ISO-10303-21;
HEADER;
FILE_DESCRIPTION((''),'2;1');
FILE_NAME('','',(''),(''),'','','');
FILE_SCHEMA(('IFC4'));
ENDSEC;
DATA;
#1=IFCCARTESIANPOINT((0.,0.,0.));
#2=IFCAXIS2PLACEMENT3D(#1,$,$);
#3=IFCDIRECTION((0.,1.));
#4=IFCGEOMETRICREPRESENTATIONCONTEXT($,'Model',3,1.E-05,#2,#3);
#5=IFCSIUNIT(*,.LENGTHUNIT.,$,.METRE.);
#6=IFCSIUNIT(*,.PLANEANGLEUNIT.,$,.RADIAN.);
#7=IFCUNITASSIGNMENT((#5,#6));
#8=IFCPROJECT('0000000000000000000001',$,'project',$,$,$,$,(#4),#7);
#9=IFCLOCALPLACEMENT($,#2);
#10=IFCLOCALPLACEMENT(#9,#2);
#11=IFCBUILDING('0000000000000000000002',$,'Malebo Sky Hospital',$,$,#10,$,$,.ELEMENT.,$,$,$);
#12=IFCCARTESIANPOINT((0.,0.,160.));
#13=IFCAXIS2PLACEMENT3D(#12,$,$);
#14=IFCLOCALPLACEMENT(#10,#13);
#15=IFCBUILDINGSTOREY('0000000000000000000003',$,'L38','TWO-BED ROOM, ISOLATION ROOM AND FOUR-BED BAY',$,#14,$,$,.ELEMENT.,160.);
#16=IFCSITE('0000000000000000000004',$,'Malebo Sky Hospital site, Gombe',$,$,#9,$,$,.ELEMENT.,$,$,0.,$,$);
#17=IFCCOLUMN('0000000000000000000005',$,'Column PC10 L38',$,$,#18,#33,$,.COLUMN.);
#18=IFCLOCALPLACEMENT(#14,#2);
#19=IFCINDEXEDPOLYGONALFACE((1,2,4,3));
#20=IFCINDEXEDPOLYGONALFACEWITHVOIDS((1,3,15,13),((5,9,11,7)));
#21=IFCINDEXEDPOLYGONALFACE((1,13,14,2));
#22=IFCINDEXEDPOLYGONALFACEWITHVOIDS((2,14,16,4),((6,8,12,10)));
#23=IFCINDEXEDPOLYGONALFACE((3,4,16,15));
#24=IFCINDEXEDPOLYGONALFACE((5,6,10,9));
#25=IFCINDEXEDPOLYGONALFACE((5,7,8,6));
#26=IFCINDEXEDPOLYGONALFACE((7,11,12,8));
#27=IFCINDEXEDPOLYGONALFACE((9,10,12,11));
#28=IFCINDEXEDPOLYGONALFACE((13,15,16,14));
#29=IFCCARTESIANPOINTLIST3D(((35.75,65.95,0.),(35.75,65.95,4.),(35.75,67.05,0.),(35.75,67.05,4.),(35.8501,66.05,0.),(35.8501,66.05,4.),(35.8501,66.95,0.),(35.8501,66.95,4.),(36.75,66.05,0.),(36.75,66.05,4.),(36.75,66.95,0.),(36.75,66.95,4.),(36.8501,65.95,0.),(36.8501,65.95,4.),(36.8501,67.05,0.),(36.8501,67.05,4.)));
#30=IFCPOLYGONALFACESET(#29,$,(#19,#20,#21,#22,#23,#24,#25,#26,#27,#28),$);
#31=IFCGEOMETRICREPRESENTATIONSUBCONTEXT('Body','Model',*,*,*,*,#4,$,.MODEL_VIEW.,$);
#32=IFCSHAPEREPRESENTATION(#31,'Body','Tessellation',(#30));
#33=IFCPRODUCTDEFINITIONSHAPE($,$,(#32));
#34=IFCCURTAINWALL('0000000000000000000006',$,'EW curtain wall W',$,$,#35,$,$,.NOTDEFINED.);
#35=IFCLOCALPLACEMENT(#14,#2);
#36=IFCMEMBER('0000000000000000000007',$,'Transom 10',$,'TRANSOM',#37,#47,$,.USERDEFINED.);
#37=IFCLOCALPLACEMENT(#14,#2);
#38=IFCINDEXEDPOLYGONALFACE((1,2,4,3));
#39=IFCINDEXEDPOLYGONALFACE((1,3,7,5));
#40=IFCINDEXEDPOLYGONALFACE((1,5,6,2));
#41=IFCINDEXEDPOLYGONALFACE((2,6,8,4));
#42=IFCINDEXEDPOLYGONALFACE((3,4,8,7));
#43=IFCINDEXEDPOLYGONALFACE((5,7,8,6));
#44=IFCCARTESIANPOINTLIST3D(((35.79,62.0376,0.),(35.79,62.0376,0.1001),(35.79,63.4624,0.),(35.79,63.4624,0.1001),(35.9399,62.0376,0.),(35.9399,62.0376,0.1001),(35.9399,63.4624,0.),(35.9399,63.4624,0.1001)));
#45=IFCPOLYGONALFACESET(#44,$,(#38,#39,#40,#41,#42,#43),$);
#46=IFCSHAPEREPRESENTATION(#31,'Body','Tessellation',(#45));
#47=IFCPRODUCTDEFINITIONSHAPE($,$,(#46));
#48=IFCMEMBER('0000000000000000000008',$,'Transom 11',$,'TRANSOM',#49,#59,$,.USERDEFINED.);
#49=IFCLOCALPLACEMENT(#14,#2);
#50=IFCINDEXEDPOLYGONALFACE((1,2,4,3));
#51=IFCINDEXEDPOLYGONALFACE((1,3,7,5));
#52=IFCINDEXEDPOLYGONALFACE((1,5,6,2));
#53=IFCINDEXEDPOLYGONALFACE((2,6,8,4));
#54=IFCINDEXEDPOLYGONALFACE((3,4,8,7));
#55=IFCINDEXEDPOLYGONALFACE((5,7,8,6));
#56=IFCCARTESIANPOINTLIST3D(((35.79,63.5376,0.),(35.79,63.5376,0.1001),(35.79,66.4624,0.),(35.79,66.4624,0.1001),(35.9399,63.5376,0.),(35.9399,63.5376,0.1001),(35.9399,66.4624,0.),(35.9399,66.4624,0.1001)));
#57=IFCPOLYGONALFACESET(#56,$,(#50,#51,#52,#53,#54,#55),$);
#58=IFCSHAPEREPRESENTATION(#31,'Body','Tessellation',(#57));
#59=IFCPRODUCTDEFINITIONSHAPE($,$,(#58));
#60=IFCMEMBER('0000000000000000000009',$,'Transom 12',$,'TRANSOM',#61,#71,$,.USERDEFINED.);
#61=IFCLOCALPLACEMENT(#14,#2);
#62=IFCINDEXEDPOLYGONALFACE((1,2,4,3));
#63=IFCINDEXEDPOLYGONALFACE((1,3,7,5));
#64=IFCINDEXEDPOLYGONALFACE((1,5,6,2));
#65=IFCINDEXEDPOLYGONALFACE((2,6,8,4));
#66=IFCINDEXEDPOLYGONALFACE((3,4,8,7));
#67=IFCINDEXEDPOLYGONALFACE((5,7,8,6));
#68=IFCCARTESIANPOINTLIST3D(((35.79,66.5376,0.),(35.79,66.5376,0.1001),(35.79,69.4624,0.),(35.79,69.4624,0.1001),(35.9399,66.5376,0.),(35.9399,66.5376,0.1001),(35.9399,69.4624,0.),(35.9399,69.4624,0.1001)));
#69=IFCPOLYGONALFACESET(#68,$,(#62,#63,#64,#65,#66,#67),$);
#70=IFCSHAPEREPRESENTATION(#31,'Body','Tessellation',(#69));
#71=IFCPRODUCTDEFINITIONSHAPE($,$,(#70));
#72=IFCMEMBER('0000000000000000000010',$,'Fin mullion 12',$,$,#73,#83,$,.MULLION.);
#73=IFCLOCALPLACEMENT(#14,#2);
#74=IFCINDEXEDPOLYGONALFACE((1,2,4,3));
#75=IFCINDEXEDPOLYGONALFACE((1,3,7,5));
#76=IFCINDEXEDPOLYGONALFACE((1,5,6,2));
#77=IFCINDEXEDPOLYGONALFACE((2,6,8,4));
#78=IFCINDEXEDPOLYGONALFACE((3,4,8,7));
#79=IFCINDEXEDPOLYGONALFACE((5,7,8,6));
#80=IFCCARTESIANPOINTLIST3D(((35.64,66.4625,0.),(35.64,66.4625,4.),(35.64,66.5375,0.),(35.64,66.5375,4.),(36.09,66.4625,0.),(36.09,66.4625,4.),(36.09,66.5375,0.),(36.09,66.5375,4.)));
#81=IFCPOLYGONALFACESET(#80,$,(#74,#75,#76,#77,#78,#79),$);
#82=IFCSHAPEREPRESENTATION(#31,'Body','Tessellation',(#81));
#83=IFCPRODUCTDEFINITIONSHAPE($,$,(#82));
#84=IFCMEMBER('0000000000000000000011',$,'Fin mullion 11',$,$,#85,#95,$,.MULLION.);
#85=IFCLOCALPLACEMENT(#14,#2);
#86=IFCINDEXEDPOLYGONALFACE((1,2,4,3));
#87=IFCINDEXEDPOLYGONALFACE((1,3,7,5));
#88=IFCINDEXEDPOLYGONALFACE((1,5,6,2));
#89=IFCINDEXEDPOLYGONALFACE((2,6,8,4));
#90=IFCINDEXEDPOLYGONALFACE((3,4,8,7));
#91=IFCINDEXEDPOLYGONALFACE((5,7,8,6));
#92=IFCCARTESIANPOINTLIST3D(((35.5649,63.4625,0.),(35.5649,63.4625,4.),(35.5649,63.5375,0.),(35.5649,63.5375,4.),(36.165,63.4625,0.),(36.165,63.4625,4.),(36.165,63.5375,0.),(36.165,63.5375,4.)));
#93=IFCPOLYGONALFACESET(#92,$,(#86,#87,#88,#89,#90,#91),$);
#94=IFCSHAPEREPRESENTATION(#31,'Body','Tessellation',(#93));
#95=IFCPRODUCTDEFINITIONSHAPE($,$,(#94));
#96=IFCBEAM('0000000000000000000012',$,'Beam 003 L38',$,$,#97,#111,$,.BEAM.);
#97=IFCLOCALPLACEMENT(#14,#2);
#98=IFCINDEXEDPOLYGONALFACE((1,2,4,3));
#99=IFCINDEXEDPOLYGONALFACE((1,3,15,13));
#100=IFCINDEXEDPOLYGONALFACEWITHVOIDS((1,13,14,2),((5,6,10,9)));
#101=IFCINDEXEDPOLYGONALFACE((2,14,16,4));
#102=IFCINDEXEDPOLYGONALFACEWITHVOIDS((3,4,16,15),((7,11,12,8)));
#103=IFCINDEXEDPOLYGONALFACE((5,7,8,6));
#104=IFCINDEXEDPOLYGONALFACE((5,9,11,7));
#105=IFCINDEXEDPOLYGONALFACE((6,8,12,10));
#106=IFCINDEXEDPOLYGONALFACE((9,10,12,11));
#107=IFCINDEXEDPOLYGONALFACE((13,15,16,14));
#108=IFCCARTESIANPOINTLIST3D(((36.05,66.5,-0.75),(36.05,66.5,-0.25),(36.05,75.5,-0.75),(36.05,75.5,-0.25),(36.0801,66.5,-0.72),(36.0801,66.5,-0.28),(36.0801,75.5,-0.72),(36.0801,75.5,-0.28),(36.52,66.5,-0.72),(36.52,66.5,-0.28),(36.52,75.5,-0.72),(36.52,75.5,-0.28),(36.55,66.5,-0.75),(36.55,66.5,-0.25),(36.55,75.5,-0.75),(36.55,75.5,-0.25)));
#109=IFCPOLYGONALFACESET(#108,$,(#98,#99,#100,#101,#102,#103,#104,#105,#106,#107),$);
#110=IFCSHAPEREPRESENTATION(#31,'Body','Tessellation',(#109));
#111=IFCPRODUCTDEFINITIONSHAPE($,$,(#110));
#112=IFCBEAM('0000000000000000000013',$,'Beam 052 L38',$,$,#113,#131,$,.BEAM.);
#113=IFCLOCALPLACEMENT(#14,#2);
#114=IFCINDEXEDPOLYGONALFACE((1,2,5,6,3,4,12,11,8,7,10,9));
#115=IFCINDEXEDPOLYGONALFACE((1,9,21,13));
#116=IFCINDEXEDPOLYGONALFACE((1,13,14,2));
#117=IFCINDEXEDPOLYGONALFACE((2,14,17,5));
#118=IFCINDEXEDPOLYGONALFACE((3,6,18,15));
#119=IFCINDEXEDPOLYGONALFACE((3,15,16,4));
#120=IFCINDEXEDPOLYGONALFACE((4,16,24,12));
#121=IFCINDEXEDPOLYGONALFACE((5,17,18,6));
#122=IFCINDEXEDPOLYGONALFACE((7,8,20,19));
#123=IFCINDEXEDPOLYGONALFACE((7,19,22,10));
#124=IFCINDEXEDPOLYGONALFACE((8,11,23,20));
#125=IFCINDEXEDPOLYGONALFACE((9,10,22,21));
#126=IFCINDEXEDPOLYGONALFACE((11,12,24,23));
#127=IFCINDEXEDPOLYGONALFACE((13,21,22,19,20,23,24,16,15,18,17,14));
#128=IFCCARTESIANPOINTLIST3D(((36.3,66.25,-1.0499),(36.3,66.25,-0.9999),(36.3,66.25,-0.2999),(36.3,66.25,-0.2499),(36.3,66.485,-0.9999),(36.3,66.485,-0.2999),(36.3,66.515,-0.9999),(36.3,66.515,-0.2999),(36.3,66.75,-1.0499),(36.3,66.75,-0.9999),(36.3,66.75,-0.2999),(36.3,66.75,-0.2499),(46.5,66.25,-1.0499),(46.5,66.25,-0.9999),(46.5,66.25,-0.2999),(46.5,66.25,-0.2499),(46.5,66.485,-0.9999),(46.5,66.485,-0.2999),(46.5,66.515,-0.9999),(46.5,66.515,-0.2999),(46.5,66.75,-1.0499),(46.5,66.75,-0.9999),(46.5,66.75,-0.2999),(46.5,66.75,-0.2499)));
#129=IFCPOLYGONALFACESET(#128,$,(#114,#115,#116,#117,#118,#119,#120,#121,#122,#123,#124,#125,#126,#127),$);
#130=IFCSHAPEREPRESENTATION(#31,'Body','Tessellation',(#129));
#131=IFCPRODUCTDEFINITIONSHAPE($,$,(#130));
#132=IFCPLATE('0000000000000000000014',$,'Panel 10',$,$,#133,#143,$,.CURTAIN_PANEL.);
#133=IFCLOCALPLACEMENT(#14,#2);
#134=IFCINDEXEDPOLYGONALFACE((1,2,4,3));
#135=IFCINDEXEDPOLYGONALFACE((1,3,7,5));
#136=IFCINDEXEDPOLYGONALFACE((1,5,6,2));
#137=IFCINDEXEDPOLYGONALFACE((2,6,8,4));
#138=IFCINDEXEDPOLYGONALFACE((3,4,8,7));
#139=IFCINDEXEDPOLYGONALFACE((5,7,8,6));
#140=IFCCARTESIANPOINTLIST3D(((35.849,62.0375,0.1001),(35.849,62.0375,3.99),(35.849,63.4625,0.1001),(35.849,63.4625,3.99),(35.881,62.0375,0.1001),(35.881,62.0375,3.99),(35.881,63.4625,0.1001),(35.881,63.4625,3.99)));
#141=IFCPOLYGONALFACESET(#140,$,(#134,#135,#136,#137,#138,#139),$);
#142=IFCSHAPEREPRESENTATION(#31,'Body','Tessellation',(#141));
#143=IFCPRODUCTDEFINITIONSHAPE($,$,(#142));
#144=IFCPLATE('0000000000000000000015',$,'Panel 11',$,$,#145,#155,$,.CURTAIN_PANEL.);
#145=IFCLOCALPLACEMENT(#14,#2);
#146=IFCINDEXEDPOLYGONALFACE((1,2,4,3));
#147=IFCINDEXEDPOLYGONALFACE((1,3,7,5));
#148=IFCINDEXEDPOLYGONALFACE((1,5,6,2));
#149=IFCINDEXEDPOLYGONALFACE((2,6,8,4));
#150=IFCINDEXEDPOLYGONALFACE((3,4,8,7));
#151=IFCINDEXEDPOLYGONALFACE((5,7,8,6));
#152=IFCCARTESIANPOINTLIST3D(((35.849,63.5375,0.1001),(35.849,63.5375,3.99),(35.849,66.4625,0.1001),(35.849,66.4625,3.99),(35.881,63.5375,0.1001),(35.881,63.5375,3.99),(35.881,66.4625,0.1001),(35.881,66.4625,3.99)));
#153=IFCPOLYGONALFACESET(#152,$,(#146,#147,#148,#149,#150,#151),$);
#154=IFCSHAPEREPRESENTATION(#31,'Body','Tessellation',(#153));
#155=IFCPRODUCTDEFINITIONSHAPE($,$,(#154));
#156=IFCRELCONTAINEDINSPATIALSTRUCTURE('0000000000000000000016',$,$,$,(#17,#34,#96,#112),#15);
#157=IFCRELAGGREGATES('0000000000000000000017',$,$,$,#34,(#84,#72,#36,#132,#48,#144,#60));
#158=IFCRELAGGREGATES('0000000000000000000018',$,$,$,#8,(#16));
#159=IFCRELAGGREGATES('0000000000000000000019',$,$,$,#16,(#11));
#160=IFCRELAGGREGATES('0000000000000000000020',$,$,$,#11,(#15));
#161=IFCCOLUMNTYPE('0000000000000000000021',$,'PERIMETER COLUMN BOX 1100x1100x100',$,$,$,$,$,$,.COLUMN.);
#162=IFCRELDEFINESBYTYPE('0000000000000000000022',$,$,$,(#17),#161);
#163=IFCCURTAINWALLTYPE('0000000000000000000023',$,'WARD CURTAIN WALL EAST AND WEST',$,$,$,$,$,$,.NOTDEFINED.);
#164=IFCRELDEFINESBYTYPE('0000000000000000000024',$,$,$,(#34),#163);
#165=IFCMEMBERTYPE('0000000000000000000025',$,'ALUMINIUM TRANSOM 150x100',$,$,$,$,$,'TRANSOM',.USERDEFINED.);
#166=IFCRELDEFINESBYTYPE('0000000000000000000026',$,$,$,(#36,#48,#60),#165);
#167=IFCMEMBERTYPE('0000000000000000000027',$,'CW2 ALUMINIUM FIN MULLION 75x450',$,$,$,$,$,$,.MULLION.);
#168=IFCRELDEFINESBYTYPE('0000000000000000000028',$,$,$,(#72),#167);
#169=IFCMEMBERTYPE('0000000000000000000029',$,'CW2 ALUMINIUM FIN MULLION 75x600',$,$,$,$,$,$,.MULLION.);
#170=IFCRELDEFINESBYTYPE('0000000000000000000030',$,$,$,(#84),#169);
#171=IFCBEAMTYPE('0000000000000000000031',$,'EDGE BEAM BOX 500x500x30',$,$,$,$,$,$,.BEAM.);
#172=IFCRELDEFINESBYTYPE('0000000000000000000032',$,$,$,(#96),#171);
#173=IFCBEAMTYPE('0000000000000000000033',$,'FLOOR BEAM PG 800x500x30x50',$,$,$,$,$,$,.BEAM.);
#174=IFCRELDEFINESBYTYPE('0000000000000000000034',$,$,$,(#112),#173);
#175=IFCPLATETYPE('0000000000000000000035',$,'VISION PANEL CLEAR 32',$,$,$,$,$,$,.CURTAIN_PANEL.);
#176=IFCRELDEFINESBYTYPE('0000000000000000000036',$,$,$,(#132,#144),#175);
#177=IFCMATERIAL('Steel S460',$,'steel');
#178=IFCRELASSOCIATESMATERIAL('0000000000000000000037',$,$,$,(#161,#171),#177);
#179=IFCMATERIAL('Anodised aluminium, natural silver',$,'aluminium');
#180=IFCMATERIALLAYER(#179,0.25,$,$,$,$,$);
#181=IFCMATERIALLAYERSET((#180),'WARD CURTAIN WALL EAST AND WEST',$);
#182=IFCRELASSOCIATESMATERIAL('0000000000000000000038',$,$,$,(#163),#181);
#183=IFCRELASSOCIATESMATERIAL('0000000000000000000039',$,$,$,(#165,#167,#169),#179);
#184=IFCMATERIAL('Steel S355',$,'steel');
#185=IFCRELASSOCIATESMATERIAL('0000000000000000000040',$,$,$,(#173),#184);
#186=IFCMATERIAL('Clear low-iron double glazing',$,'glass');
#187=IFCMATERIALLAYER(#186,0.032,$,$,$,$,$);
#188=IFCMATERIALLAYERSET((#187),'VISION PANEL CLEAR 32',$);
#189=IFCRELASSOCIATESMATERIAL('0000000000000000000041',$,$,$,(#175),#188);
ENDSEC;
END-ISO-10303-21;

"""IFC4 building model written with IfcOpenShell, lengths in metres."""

from ifc_helpers import new_model, si_unit, direction, frame, origin, origin_2d, place, context, subcontext, project, spatial, rectangle, hollow_rectangle, i_section, extrude, material, layer, layer_set, material_profile, profile_set, type_object, element, aggregate, save


model = new_model("IFC4")

# Units and contexts
model_context = context("Model", 3, precision=1e-05, world=origin(), true_north=direction((0.0, 1.0)))
body_context = subcontext(model_context, "Body", "Model", "MODEL_VIEW")
ifc_project = project(units=[si_unit("LENGTHUNIT", "METRE"), si_unit("PLANEANGLEUNIT", "RADIAN")], contexts=[model_context])

# Site, building, storey
site_placement = place(None, origin())
site = spatial("IfcSite", under=ifc_project, at=site_placement, Name="Malebo Sky Hospital site, Gombe", CompositionType="ELEMENT", RefElevation=0.0)
building_placement = place(site_placement, origin())
building = spatial("IfcBuilding", under=site, at=building_placement, Name="Malebo Sky Hospital", CompositionType="ELEMENT")
storey_placement = place(building_placement, frame((0.0, 0.0, 160.0)))
storey = spatial("IfcBuildingStorey", under=building, at=storey_placement, Name="L38", Description="TWO-BED ROOM, ISOLATION ROOM AND FOUR-BED BAY", CompositionType="ELEMENT", Elevation=160.0)

# Column
ifc_material_1 = material(Name="Steel S460", Category="steel")
ifc_material_profile_1 = material_profile(ifc_material_1, hollow_rectangle(XDim=1.1001, YDim=1.1001, WallThickness=0.1001, at=origin_2d()), Name="BOX 1100x1100x100")
ifc_profile_set_1 = profile_set([ifc_material_profile_1], Name="Steel S460")
column_type = type_object("IfcColumnType", Name="PERIMETER COLUMN BOX 1100x1100x100", PredefinedType="COLUMN", material=ifc_profile_set_1)
column_placement = place(storey_placement, frame((36.3, 66.5, 0.0), z_axis=(0.0, 0.0, 1.0), x_axis=(1.0, 0.0, 0.0)))
element("IfcColumn", 1, at=column_placement, inside=storey, type_object=column_type, Name="Column PC10 L38", PredefinedType="COLUMN", context=body_context, shape_type="SweptSolid", body=[
    extrude(hollow_rectangle(XDim=1.1001, YDim=1.1001, WallThickness=0.1001, at=origin_2d()), origin(), (0.0, 0.0, 1.0), 4.0),
])

# Curtain wall, members
ifc_material_2 = material(Name="Anodised aluminium, natural silver", Category="aluminium")
ifc_layer_1 = layer(ifc_material_2, 0.25)
ifc_layer_set_1 = layer_set([ifc_layer_1], Name="WARD CURTAIN WALL EAST AND WEST")
curtain_wall_type = type_object("IfcCurtainWallType", Name="WARD CURTAIN WALL EAST AND WEST", PredefinedType="NOTDEFINED", material=ifc_layer_set_1)
curtain_wall_placement = place(storey_placement, origin())
curtain_wall = element("IfcCurtainWall", 2, at=curtain_wall_placement, inside=storey, type_object=curtain_wall_type, Name="EW curtain wall W", PredefinedType="NOTDEFINED")
ifc_material_profile_2 = material_profile(ifc_material_2, rectangle(XDim=0.1499, YDim=0.1001, at=origin_2d()), Name="ALUMINIUM TRANSOM 150x100")
ifc_profile_set_2 = profile_set([ifc_material_profile_2], Name="Anodised aluminium, natural silver")
member_type_1 = type_object("IfcMemberType", Name="ALUMINIUM TRANSOM 150x100", ElementType="TRANSOM", PredefinedType="USERDEFINED", material=ifc_profile_set_2)
member_1_placement = place(storey_placement, frame((35.865, 62.0376, 0.05), z_axis=(0.0, 1.0, 0.0), x_axis=(-1.0, 0.0, 0.0)))
member_1 = element("IfcMember", 3, at=member_1_placement, type_object=member_type_1, Name="Transom 10", ObjectType="TRANSOM", PredefinedType="USERDEFINED", context=body_context, shape_type="SweptSolid", body=[
    extrude(rectangle(XDim=0.1499, YDim=0.1001, at=origin_2d()), origin(), (0.0, 0.0, 1.0), 1.4248),
])
member_2_placement = place(storey_placement, frame((35.865, 63.5376, 0.05), z_axis=(0.0, 1.0, 0.0), x_axis=(-1.0, 0.0, 0.0)))
member_2 = element("IfcMember", 4, at=member_2_placement, type_object=member_type_1, Name="Transom 11", ObjectType="TRANSOM", PredefinedType="USERDEFINED", context=body_context, shape_type="SweptSolid", body=[
    extrude(rectangle(XDim=0.1499, YDim=0.1001, at=origin_2d()), origin(), (0.0, 0.0, 1.0), 2.9248),
])
member_3_placement = place(storey_placement, frame((35.865, 66.5376, 0.05), z_axis=(0.0, 1.0, 0.0), x_axis=(-1.0, 0.0, 0.0)))
member_3 = element("IfcMember", 5, at=member_3_placement, type_object=member_type_1, Name="Transom 12", ObjectType="TRANSOM", PredefinedType="USERDEFINED", context=body_context, shape_type="SweptSolid", body=[
    extrude(rectangle(XDim=0.1499, YDim=0.1001, at=origin_2d()), origin(), (0.0, 0.0, 1.0), 2.9248),
])
ifc_material_profile_3 = material_profile(ifc_material_2, rectangle(XDim=0.075, YDim=0.45, at=origin_2d()), Name="CW2 ALUMINIUM FIN MULLION 75x450")
ifc_profile_set_3 = profile_set([ifc_material_profile_3], Name="Anodised aluminium, natural silver")
member_type_2 = type_object("IfcMemberType", Name="CW2 ALUMINIUM FIN MULLION 75x450", PredefinedType="MULLION", material=ifc_profile_set_3)
member_4_placement = place(storey_placement, frame((35.865, 66.5, 0.0), z_axis=(0.0, 0.0, 1.0), x_axis=(0.0, 1.0, 0.0)))
member_4 = element("IfcMember", 6, at=member_4_placement, type_object=member_type_2, Name="Fin mullion 12", PredefinedType="MULLION", context=body_context, shape_type="SweptSolid", body=[
    extrude(rectangle(XDim=0.075, YDim=0.45, at=origin_2d()), origin(), (0.0, 0.0, 1.0), 4.0),
])
ifc_material_profile_4 = material_profile(ifc_material_2, rectangle(XDim=0.075, YDim=0.6001, at=origin_2d()), Name="CW2 ALUMINIUM FIN MULLION 75x600")
ifc_profile_set_4 = profile_set([ifc_material_profile_4], Name="Anodised aluminium, natural silver")
member_type_3 = type_object("IfcMemberType", Name="CW2 ALUMINIUM FIN MULLION 75x600", PredefinedType="MULLION", material=ifc_profile_set_4)
member_5_placement = place(storey_placement, frame((35.865, 63.5, 0.0), z_axis=(0.0, 0.0, 1.0), x_axis=(0.0, 1.0, 0.0)))
member_5 = element("IfcMember", 7, at=member_5_placement, type_object=member_type_3, Name="Fin mullion 11", PredefinedType="MULLION", context=body_context, shape_type="SweptSolid", body=[
    extrude(rectangle(XDim=0.075, YDim=0.6001, at=origin_2d()), origin(), (0.0, 0.0, 1.0), 4.0),
])

# Beams
ifc_material_profile_5 = material_profile(ifc_material_1, hollow_rectangle(XDim=0.5, YDim=0.5, WallThickness=0.03, at=origin_2d()), Name="BOX 500x500x30")
ifc_profile_set_5 = profile_set([ifc_material_profile_5], Name="Steel S460")
beam_type_1 = type_object("IfcBeamType", Name="EDGE BEAM BOX 500x500x30", PredefinedType="BEAM", material=ifc_profile_set_5)
beam_1_placement = place(storey_placement, frame((36.3, 66.5, -0.5), z_axis=(0.0, 1.0, 0.0), x_axis=(-1.0, 0.0, 0.0)))
element("IfcBeam", 8, at=beam_1_placement, inside=storey, type_object=beam_type_1, Name="Beam 003 L38", PredefinedType="BEAM", context=body_context, shape_type="SweptSolid", body=[
    extrude(hollow_rectangle(XDim=0.5, YDim=0.5, WallThickness=0.03, at=origin_2d()), origin(), (0.0, 0.0, 1.0), 9.0),
])
ifc_material_3 = material(Name="Steel S355", Category="steel")
ifc_material_profile_6 = material_profile(ifc_material_3, i_section(OverallWidth=0.5, OverallDepth=0.8, WebThickness=0.03, FlangeThickness=0.05, at=origin_2d()), Name="PG 800x500x30x50")
ifc_profile_set_6 = profile_set([ifc_material_profile_6], Name="Steel S355")
beam_type_2 = type_object("IfcBeamType", Name="FLOOR BEAM PG 800x500x30x50", PredefinedType="BEAM", material=ifc_profile_set_6)
beam_2_placement = place(storey_placement, frame((36.3, 66.5, -0.6499), z_axis=(1.0, 0.0, 0.0), x_axis=(0.0, 1.0, 0.0)))
element("IfcBeam", 9, at=beam_2_placement, inside=storey, type_object=beam_type_2, Name="Beam 052 L38", PredefinedType="BEAM", context=body_context, shape_type="SweptSolid", body=[
    extrude(i_section(OverallWidth=0.5, OverallDepth=0.8, WebThickness=0.03, FlangeThickness=0.05, at=origin_2d()), origin(), (0.0, 0.0, 1.0), 10.2),
])

# Plates
ifc_material_4 = material(Name="Clear low-iron double glazing", Category="glass")
ifc_layer_2 = layer(ifc_material_4, 0.032)
ifc_layer_set_2 = layer_set([ifc_layer_2], Name="VISION PANEL CLEAR 32")
plate_type = type_object("IfcPlateType", Name="VISION PANEL CLEAR 32", PredefinedType="CURTAIN_PANEL", material=ifc_layer_set_2)
plate_1_placement = place(storey_placement, frame((35.865, 62.75, 0.1001), z_axis=(0.0, 0.0, 1.0), x_axis=(0.0, 1.0, 0.0)))
plate_1 = element("IfcPlate", 10, at=plate_1_placement, type_object=plate_type, Name="Panel 10", PredefinedType="CURTAIN_PANEL", context=body_context, shape_type="SweptSolid", body=[
    extrude(rectangle(XDim=1.425, YDim=0.032, at=origin_2d()), origin(), (0.0, 0.0, 1.0), 3.8899),
])
plate_2_placement = place(storey_placement, frame((35.865, 65.0, 0.1001), z_axis=(0.0, 0.0, 1.0), x_axis=(0.0, 1.0, 0.0)))
plate_2 = element("IfcPlate", 11, at=plate_2_placement, type_object=plate_type, Name="Panel 11", PredefinedType="CURTAIN_PANEL", context=body_context, shape_type="SweptSolid", body=[
    extrude(rectangle(XDim=2.925, YDim=0.032, at=origin_2d()), origin(), (0.0, 0.0, 1.0), 3.8899),
])
aggregate(curtain_wall, [member_5, member_4, member_1, plate_1, member_2, plate_2, member_3])

save(model, "model.ifc")
